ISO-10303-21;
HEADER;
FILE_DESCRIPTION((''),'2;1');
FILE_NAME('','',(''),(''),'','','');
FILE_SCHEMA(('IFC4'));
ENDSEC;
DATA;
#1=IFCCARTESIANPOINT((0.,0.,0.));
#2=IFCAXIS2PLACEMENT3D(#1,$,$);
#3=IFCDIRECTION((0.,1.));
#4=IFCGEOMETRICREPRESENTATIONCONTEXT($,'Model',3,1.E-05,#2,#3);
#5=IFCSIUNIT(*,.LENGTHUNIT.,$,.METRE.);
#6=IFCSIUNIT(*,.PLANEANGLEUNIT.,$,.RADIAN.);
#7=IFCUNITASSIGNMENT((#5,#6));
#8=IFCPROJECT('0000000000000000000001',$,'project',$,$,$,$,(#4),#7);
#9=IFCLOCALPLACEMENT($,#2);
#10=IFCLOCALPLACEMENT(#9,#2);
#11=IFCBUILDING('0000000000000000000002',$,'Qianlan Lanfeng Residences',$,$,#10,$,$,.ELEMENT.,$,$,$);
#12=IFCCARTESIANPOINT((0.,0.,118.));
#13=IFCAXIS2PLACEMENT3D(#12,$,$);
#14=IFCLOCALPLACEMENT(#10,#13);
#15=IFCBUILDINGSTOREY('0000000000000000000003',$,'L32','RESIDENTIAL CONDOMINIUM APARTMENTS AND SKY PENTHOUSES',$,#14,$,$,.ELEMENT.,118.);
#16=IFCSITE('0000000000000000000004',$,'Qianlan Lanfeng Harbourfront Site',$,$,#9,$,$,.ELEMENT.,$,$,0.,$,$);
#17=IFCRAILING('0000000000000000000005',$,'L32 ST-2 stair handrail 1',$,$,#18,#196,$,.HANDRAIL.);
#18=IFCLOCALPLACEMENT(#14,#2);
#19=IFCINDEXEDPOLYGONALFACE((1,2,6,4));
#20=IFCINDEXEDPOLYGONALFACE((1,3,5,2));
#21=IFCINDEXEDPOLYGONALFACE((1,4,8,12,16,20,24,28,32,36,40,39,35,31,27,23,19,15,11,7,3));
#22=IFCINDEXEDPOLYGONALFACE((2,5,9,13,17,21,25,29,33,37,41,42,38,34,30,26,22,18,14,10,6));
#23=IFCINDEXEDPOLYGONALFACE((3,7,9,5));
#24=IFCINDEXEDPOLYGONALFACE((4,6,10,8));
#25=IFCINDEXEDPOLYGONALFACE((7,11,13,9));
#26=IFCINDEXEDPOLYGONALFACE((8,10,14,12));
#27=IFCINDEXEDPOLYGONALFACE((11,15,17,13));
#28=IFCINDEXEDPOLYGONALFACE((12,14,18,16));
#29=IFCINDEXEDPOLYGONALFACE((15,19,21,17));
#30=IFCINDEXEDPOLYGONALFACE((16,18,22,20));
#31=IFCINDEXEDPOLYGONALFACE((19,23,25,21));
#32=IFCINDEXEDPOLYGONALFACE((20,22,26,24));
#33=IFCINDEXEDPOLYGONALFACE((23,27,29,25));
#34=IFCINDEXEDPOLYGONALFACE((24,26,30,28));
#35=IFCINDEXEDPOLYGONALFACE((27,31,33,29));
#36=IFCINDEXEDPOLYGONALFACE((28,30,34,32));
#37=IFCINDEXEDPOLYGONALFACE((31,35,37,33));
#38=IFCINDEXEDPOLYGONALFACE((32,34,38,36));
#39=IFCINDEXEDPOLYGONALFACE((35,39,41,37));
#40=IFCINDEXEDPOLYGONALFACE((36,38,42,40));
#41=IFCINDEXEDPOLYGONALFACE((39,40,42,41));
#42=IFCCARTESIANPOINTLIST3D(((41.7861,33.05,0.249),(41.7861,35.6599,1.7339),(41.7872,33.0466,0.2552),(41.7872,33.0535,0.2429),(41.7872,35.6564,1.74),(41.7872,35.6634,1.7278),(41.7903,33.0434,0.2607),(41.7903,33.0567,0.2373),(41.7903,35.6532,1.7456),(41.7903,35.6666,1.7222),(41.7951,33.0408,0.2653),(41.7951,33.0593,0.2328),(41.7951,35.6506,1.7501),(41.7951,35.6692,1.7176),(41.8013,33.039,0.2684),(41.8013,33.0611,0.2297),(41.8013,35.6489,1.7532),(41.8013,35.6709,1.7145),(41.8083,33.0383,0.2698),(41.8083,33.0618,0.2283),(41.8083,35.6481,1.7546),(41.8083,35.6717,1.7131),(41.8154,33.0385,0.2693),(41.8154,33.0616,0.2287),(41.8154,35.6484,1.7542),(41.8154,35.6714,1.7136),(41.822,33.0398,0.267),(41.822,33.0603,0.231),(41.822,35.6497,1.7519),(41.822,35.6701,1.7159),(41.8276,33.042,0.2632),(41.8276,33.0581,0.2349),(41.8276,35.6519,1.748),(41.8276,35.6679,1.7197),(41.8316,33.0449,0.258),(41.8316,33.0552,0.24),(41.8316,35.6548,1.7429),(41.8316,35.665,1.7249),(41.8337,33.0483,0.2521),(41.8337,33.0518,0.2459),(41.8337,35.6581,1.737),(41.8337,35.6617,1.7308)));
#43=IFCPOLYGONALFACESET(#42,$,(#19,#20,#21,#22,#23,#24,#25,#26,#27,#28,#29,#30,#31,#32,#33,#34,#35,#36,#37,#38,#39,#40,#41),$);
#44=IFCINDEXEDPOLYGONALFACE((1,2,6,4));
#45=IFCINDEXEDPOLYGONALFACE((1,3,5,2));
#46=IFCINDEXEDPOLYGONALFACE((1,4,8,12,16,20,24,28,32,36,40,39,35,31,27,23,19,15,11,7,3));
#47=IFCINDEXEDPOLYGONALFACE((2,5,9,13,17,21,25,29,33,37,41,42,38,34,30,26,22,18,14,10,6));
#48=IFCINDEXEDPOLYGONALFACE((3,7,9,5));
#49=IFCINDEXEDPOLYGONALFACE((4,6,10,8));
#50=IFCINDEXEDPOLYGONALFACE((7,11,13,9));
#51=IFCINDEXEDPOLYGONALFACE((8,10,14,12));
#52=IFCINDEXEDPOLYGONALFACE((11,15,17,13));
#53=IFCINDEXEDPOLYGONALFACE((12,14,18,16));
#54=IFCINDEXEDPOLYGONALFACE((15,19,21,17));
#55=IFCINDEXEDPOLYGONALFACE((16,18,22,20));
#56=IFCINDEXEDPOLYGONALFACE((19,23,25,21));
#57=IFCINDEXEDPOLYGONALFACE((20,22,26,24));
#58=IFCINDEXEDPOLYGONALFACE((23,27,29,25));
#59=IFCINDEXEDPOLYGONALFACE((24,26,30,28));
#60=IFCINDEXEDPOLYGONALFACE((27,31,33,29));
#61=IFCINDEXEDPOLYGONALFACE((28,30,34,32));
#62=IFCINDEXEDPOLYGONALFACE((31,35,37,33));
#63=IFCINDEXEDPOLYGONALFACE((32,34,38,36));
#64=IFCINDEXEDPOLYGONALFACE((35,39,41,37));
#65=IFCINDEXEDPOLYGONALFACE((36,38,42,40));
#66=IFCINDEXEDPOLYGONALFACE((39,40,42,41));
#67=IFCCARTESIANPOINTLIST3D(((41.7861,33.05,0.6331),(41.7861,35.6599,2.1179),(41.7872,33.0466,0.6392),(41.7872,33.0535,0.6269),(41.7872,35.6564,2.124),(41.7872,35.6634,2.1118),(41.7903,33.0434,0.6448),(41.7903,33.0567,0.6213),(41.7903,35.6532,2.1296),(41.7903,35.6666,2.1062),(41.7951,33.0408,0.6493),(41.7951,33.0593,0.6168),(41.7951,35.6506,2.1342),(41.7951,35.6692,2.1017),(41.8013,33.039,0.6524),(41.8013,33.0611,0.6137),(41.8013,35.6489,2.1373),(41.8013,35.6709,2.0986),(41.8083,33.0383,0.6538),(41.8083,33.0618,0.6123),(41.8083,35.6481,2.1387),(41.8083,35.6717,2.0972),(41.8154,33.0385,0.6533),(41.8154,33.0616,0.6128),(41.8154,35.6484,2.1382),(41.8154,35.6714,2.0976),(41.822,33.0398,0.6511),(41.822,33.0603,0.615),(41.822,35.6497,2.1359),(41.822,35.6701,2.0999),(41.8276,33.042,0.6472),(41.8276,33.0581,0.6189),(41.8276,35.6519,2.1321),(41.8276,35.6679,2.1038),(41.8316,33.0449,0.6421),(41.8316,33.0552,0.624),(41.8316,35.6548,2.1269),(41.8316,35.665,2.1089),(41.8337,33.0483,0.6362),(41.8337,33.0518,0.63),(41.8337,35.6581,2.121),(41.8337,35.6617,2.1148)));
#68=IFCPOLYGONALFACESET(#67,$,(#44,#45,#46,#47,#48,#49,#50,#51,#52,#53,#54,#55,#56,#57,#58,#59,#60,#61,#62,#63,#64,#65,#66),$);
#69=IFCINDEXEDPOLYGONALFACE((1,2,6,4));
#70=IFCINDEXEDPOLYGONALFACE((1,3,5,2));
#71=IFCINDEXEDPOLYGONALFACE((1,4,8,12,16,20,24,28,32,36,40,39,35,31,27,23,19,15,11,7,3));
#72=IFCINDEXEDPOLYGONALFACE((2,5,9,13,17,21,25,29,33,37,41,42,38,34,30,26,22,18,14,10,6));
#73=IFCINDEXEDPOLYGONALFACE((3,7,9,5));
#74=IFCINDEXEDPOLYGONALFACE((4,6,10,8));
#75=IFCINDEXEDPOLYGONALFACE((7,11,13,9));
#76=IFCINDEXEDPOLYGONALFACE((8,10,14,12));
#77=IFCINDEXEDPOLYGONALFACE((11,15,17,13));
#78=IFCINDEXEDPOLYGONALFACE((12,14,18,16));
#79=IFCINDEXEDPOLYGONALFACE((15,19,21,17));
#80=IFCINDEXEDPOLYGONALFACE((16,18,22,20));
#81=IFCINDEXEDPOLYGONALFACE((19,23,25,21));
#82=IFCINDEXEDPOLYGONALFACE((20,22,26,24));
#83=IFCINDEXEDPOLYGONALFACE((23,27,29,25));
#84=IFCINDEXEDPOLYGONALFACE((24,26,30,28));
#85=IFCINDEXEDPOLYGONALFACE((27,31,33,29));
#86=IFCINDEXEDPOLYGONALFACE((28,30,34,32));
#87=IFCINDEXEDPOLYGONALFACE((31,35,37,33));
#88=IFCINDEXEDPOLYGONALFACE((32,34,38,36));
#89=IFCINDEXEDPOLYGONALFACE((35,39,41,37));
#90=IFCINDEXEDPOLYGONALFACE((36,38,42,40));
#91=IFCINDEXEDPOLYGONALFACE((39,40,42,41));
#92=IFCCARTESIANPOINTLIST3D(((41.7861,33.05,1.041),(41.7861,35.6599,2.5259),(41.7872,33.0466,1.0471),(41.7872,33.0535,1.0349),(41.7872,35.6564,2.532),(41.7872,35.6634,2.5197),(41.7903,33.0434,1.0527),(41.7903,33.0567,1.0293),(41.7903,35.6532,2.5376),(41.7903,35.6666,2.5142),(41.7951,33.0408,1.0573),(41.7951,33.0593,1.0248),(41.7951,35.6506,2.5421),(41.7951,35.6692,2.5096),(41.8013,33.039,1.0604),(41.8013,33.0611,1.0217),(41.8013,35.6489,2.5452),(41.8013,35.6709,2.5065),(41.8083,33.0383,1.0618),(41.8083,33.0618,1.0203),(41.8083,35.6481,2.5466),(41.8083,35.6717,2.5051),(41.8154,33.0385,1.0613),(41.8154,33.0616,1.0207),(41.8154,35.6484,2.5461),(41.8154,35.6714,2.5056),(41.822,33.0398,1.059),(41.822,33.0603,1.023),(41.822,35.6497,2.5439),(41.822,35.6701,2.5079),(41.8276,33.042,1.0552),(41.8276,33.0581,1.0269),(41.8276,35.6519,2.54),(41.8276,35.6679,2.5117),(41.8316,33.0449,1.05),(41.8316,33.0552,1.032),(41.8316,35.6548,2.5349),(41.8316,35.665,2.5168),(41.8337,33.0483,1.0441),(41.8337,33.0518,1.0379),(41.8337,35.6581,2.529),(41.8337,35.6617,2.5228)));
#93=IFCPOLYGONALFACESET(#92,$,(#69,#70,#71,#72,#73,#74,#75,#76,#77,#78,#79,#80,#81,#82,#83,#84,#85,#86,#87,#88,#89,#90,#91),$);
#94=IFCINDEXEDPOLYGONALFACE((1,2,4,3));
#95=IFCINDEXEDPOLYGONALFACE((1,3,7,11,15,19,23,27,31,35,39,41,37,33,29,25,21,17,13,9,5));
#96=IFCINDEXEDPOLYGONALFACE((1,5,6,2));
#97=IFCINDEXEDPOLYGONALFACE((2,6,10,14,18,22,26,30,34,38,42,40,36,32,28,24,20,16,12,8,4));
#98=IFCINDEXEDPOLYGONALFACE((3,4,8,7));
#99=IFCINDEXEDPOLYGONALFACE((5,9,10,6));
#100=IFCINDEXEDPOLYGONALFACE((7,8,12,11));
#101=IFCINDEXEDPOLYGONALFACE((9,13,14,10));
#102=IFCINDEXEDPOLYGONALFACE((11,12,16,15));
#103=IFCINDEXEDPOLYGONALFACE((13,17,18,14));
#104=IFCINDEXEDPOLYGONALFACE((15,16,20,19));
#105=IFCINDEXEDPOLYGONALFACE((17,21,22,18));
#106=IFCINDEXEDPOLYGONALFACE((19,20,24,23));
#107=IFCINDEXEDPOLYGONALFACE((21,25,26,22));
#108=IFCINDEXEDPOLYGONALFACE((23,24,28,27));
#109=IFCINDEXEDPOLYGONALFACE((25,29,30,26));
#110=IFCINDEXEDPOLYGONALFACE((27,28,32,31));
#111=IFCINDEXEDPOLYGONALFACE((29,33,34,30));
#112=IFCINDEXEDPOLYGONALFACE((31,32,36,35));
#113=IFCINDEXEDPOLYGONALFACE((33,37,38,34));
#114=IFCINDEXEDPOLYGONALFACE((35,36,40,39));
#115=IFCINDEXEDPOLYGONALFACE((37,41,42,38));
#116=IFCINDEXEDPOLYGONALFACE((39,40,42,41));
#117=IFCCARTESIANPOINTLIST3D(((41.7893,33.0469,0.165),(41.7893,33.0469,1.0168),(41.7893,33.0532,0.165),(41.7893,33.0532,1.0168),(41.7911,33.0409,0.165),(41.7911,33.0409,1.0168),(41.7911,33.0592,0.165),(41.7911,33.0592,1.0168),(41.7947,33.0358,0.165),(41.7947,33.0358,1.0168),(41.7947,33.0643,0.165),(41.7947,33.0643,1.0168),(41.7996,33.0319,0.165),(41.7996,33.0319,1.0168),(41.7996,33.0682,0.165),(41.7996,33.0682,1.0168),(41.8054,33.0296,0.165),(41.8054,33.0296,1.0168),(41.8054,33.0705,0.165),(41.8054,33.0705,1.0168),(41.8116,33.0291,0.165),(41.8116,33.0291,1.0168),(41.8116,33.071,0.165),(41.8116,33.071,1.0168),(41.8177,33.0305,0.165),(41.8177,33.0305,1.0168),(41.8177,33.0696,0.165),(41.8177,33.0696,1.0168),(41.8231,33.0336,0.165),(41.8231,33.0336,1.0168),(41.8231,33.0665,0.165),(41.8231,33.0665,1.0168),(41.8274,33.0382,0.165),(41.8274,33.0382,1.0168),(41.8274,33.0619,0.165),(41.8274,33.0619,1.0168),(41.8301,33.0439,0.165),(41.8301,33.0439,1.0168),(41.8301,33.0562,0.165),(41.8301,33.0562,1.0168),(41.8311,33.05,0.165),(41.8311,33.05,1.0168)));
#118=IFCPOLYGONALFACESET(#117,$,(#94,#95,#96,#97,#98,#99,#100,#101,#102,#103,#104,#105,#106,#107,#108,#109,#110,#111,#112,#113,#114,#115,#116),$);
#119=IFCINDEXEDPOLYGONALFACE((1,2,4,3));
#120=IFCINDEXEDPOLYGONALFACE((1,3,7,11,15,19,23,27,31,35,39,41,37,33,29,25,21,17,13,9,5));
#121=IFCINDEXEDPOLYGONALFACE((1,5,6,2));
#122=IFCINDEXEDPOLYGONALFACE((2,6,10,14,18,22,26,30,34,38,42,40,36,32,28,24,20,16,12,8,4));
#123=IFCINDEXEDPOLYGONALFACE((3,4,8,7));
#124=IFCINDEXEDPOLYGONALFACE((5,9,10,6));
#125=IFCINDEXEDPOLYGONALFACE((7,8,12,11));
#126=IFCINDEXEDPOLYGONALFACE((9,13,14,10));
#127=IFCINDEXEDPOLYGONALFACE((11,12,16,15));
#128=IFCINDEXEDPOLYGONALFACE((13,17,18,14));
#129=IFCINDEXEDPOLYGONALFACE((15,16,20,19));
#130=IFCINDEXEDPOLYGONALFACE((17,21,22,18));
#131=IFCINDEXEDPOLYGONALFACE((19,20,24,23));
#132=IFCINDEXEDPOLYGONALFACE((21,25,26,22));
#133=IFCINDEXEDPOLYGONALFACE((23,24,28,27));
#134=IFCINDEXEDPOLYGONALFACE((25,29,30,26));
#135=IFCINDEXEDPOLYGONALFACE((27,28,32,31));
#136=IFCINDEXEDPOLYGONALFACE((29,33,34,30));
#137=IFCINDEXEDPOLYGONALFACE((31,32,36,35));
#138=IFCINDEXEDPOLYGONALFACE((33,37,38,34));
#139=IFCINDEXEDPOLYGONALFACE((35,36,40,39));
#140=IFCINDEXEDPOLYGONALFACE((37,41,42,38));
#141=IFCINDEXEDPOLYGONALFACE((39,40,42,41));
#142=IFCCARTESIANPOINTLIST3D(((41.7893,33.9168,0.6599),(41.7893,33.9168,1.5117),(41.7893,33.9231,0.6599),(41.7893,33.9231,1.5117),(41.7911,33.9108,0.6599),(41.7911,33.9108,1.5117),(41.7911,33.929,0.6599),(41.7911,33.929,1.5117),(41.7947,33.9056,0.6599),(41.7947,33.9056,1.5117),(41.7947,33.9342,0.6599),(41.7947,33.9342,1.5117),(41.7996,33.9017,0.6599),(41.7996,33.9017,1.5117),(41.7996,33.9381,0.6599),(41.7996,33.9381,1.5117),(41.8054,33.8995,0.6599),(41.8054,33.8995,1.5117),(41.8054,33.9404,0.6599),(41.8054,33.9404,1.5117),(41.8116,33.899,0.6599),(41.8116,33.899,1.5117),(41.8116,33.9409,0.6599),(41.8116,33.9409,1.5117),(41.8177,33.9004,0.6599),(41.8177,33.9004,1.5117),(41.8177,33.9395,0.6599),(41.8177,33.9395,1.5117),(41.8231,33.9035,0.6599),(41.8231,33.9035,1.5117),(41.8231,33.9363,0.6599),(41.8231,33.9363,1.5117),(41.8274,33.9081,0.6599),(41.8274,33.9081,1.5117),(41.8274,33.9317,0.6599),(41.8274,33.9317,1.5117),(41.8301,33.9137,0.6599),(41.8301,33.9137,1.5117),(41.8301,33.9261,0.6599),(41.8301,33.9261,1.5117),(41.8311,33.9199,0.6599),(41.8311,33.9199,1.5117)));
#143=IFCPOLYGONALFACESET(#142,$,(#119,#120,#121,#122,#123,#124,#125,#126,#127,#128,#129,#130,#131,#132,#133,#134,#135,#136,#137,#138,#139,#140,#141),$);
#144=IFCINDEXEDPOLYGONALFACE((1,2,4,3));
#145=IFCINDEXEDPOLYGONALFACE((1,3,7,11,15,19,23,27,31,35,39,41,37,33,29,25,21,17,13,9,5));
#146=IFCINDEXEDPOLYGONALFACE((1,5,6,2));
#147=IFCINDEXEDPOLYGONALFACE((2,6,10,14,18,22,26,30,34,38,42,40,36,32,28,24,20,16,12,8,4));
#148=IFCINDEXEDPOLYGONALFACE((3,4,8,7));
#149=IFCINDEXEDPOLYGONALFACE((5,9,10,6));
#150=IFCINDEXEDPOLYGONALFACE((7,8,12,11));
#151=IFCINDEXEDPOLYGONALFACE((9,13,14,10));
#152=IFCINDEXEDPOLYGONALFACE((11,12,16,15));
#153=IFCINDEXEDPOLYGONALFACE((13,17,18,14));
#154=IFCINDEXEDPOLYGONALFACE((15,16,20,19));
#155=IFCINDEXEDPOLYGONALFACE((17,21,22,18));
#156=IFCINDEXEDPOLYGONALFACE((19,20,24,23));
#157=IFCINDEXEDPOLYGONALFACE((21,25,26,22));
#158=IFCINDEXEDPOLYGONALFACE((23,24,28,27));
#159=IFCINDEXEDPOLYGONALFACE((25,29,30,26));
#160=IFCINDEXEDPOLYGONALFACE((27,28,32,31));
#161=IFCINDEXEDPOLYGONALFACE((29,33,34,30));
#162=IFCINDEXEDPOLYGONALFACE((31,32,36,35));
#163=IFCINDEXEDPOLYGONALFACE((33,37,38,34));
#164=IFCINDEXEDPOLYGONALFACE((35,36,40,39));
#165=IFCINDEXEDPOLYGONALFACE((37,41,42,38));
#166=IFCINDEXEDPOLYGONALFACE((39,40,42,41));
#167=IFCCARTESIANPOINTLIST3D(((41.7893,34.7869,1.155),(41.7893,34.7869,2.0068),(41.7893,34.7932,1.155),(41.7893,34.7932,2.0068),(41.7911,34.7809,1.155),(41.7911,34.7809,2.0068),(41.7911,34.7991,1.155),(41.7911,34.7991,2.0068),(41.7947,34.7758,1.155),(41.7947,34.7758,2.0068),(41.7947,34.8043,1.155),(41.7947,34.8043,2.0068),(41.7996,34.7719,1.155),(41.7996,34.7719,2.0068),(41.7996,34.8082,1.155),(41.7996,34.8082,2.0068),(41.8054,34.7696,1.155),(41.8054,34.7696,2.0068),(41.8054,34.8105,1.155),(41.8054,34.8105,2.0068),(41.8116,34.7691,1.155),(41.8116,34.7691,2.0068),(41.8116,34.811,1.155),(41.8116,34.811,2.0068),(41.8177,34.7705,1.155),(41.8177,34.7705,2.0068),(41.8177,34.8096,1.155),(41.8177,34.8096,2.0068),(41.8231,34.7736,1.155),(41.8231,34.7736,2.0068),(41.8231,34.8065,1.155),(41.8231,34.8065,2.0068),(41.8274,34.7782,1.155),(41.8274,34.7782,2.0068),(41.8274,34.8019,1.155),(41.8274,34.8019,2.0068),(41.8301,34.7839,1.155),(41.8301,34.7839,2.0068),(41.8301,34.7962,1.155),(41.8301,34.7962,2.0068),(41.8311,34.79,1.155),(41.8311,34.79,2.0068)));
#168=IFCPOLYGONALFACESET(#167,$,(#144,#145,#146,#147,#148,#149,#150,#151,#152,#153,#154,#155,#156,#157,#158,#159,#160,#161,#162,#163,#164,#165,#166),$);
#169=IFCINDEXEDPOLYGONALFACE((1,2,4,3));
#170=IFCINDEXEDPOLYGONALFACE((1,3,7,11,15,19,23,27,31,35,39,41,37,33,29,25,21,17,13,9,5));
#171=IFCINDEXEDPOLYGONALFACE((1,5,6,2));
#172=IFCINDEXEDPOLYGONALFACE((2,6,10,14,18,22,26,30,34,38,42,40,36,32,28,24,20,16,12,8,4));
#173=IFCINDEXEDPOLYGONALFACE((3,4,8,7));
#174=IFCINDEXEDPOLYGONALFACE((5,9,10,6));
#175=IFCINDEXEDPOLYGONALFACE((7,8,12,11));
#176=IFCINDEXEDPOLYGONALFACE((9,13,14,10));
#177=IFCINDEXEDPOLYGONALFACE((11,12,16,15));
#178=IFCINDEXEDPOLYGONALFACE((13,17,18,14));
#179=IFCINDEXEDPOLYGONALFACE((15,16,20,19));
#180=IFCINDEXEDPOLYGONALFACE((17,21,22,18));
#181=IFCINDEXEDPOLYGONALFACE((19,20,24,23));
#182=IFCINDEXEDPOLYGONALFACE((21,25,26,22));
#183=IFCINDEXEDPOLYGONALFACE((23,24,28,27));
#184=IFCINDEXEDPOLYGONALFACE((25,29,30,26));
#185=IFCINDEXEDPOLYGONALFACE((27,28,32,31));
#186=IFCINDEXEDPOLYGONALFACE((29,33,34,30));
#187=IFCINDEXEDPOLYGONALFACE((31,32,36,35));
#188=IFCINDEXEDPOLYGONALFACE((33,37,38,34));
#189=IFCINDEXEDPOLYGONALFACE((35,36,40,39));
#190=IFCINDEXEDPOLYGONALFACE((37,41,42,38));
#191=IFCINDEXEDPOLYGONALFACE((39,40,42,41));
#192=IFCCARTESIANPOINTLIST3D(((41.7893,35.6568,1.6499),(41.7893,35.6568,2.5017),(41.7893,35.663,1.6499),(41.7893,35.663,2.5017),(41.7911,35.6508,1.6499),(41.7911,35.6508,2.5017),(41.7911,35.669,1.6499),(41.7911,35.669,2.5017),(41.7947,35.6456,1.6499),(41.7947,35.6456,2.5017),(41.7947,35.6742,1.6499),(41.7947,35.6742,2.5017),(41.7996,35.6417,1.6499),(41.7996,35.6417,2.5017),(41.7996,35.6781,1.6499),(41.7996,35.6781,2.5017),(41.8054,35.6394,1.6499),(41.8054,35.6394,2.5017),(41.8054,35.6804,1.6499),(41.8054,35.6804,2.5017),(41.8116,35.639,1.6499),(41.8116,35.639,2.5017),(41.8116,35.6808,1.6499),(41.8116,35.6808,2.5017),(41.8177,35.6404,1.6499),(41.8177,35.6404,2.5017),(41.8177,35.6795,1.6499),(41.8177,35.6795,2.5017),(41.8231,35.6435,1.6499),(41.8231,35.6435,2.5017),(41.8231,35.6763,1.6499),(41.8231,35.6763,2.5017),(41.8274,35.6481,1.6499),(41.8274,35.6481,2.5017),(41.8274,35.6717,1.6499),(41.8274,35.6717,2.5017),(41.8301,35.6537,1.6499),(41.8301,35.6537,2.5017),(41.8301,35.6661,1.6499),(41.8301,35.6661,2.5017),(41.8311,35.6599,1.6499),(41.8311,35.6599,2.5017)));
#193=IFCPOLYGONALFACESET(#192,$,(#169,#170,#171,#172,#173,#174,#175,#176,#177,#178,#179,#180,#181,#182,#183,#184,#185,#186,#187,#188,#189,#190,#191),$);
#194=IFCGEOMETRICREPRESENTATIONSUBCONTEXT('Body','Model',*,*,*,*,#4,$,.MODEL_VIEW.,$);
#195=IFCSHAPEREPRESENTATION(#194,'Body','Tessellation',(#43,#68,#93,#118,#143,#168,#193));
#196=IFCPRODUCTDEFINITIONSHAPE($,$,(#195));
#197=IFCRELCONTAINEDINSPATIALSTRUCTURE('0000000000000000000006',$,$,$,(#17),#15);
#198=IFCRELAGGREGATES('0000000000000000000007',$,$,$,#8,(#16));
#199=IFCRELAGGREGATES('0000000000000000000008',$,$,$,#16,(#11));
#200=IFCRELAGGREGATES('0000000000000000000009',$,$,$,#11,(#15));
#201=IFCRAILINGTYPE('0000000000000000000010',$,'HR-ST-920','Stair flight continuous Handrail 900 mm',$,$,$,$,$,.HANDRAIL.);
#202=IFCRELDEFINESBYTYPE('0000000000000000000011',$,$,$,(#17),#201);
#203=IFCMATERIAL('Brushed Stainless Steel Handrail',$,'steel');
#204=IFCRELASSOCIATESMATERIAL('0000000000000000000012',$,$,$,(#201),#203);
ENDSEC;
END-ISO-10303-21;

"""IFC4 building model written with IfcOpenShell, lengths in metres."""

from ifc_helpers import new_model, si_unit, direction, frame, origin, origin_2d, place, context, subcontext, project, spatial, circle, extrude, material, type_object, element, save


model = new_model("IFC4")

# Units and contexts
model_context = context("Model", 3, precision=1e-05, world=origin(), true_north=direction((0.0, 1.0)))
body_context = subcontext(model_context, "Body", "Model", "MODEL_VIEW")
ifc_project = project(units=[si_unit("LENGTHUNIT", "METRE"), si_unit("PLANEANGLEUNIT", "RADIAN")], contexts=[model_context])

# Site, building, storey
site_placement = place(None, origin())
site = spatial("IfcSite", under=ifc_project, at=site_placement, Name="Qianlan Lanfeng Harbourfront Site", CompositionType="ELEMENT", RefElevation=0.0)
building_placement = place(site_placement, origin())
building = spatial("IfcBuilding", under=site, at=building_placement, Name="Qianlan Lanfeng Residences", CompositionType="ELEMENT")
storey_placement = place(building_placement, frame((0.0, 0.0, 118.0)))
storey = spatial("IfcBuildingStorey", under=building, at=storey_placement, Name="L32", Description="RESIDENTIAL CONDOMINIUM APARTMENTS AND SKY PENTHOUSES", CompositionType="ELEMENT", Elevation=118.0)

# Railing
ifc_material_1 = material(Name="Brushed Stainless Steel Handrail", Category="steel")
railing_type_1 = type_object("IfcRailingType", Name="HR-ST-920", Description="Stair flight continuous Handrail 900 mm", PredefinedType="HANDRAIL", material=ifc_material_1)
railing_1_placement = place(storey_placement, frame((41.8101, 33.05, 0.165)))
element("IfcRailing", 1, at=railing_1_placement, inside=storey, type_object=railing_type_1, Name="L32 ST-2 stair handrail 1", PredefinedType="HANDRAIL", context=body_context, shape_type="SweptSolid", body=[
    extrude(circle(Radius=0.0239, at=origin_2d()), frame((0.0, 0.0, 0.084), z_axis=(0.0, 0.869172, 0.494509), x_axis=(-1.0, 0.0, 0.0)), (0.0, 0.0, 1.0), 3.0027),
    extrude(circle(Radius=0.0239, at=origin_2d()), frame((0.0, 0.0, 0.468), z_axis=(0.0, 0.869172, 0.494509), x_axis=(-1.0, 0.0, 0.0)), (0.0, 0.0, 1.0), 3.0027),
    extrude(circle(Radius=0.0239, at=origin_2d()), frame((0.0, 0.0, 0.876), z_axis=(0.0, 0.869172, 0.494509), x_axis=(-1.0, 0.0, 0.0)), (0.0, 0.0, 1.0), 3.0027),
    extrude(circle(Radius=0.021, at=origin_2d()), origin(), (0.0, 0.0, 1.0), 0.8518),
    extrude(circle(Radius=0.021, at=origin_2d()), frame((0.0, 0.8699, 0.4949)), (0.0, 0.0, 1.0), 0.8518),
    extrude(circle(Radius=0.021, at=origin_2d()), frame((0.0, 1.74, 0.99)), (0.0, 0.0, 1.0), 0.8518),
    extrude(circle(Radius=0.021, at=origin_2d()), frame((0.0, 2.6099, 1.4849)), (0.0, 0.0, 1.0), 0.8518),
])

save(model, "model.ifc")
